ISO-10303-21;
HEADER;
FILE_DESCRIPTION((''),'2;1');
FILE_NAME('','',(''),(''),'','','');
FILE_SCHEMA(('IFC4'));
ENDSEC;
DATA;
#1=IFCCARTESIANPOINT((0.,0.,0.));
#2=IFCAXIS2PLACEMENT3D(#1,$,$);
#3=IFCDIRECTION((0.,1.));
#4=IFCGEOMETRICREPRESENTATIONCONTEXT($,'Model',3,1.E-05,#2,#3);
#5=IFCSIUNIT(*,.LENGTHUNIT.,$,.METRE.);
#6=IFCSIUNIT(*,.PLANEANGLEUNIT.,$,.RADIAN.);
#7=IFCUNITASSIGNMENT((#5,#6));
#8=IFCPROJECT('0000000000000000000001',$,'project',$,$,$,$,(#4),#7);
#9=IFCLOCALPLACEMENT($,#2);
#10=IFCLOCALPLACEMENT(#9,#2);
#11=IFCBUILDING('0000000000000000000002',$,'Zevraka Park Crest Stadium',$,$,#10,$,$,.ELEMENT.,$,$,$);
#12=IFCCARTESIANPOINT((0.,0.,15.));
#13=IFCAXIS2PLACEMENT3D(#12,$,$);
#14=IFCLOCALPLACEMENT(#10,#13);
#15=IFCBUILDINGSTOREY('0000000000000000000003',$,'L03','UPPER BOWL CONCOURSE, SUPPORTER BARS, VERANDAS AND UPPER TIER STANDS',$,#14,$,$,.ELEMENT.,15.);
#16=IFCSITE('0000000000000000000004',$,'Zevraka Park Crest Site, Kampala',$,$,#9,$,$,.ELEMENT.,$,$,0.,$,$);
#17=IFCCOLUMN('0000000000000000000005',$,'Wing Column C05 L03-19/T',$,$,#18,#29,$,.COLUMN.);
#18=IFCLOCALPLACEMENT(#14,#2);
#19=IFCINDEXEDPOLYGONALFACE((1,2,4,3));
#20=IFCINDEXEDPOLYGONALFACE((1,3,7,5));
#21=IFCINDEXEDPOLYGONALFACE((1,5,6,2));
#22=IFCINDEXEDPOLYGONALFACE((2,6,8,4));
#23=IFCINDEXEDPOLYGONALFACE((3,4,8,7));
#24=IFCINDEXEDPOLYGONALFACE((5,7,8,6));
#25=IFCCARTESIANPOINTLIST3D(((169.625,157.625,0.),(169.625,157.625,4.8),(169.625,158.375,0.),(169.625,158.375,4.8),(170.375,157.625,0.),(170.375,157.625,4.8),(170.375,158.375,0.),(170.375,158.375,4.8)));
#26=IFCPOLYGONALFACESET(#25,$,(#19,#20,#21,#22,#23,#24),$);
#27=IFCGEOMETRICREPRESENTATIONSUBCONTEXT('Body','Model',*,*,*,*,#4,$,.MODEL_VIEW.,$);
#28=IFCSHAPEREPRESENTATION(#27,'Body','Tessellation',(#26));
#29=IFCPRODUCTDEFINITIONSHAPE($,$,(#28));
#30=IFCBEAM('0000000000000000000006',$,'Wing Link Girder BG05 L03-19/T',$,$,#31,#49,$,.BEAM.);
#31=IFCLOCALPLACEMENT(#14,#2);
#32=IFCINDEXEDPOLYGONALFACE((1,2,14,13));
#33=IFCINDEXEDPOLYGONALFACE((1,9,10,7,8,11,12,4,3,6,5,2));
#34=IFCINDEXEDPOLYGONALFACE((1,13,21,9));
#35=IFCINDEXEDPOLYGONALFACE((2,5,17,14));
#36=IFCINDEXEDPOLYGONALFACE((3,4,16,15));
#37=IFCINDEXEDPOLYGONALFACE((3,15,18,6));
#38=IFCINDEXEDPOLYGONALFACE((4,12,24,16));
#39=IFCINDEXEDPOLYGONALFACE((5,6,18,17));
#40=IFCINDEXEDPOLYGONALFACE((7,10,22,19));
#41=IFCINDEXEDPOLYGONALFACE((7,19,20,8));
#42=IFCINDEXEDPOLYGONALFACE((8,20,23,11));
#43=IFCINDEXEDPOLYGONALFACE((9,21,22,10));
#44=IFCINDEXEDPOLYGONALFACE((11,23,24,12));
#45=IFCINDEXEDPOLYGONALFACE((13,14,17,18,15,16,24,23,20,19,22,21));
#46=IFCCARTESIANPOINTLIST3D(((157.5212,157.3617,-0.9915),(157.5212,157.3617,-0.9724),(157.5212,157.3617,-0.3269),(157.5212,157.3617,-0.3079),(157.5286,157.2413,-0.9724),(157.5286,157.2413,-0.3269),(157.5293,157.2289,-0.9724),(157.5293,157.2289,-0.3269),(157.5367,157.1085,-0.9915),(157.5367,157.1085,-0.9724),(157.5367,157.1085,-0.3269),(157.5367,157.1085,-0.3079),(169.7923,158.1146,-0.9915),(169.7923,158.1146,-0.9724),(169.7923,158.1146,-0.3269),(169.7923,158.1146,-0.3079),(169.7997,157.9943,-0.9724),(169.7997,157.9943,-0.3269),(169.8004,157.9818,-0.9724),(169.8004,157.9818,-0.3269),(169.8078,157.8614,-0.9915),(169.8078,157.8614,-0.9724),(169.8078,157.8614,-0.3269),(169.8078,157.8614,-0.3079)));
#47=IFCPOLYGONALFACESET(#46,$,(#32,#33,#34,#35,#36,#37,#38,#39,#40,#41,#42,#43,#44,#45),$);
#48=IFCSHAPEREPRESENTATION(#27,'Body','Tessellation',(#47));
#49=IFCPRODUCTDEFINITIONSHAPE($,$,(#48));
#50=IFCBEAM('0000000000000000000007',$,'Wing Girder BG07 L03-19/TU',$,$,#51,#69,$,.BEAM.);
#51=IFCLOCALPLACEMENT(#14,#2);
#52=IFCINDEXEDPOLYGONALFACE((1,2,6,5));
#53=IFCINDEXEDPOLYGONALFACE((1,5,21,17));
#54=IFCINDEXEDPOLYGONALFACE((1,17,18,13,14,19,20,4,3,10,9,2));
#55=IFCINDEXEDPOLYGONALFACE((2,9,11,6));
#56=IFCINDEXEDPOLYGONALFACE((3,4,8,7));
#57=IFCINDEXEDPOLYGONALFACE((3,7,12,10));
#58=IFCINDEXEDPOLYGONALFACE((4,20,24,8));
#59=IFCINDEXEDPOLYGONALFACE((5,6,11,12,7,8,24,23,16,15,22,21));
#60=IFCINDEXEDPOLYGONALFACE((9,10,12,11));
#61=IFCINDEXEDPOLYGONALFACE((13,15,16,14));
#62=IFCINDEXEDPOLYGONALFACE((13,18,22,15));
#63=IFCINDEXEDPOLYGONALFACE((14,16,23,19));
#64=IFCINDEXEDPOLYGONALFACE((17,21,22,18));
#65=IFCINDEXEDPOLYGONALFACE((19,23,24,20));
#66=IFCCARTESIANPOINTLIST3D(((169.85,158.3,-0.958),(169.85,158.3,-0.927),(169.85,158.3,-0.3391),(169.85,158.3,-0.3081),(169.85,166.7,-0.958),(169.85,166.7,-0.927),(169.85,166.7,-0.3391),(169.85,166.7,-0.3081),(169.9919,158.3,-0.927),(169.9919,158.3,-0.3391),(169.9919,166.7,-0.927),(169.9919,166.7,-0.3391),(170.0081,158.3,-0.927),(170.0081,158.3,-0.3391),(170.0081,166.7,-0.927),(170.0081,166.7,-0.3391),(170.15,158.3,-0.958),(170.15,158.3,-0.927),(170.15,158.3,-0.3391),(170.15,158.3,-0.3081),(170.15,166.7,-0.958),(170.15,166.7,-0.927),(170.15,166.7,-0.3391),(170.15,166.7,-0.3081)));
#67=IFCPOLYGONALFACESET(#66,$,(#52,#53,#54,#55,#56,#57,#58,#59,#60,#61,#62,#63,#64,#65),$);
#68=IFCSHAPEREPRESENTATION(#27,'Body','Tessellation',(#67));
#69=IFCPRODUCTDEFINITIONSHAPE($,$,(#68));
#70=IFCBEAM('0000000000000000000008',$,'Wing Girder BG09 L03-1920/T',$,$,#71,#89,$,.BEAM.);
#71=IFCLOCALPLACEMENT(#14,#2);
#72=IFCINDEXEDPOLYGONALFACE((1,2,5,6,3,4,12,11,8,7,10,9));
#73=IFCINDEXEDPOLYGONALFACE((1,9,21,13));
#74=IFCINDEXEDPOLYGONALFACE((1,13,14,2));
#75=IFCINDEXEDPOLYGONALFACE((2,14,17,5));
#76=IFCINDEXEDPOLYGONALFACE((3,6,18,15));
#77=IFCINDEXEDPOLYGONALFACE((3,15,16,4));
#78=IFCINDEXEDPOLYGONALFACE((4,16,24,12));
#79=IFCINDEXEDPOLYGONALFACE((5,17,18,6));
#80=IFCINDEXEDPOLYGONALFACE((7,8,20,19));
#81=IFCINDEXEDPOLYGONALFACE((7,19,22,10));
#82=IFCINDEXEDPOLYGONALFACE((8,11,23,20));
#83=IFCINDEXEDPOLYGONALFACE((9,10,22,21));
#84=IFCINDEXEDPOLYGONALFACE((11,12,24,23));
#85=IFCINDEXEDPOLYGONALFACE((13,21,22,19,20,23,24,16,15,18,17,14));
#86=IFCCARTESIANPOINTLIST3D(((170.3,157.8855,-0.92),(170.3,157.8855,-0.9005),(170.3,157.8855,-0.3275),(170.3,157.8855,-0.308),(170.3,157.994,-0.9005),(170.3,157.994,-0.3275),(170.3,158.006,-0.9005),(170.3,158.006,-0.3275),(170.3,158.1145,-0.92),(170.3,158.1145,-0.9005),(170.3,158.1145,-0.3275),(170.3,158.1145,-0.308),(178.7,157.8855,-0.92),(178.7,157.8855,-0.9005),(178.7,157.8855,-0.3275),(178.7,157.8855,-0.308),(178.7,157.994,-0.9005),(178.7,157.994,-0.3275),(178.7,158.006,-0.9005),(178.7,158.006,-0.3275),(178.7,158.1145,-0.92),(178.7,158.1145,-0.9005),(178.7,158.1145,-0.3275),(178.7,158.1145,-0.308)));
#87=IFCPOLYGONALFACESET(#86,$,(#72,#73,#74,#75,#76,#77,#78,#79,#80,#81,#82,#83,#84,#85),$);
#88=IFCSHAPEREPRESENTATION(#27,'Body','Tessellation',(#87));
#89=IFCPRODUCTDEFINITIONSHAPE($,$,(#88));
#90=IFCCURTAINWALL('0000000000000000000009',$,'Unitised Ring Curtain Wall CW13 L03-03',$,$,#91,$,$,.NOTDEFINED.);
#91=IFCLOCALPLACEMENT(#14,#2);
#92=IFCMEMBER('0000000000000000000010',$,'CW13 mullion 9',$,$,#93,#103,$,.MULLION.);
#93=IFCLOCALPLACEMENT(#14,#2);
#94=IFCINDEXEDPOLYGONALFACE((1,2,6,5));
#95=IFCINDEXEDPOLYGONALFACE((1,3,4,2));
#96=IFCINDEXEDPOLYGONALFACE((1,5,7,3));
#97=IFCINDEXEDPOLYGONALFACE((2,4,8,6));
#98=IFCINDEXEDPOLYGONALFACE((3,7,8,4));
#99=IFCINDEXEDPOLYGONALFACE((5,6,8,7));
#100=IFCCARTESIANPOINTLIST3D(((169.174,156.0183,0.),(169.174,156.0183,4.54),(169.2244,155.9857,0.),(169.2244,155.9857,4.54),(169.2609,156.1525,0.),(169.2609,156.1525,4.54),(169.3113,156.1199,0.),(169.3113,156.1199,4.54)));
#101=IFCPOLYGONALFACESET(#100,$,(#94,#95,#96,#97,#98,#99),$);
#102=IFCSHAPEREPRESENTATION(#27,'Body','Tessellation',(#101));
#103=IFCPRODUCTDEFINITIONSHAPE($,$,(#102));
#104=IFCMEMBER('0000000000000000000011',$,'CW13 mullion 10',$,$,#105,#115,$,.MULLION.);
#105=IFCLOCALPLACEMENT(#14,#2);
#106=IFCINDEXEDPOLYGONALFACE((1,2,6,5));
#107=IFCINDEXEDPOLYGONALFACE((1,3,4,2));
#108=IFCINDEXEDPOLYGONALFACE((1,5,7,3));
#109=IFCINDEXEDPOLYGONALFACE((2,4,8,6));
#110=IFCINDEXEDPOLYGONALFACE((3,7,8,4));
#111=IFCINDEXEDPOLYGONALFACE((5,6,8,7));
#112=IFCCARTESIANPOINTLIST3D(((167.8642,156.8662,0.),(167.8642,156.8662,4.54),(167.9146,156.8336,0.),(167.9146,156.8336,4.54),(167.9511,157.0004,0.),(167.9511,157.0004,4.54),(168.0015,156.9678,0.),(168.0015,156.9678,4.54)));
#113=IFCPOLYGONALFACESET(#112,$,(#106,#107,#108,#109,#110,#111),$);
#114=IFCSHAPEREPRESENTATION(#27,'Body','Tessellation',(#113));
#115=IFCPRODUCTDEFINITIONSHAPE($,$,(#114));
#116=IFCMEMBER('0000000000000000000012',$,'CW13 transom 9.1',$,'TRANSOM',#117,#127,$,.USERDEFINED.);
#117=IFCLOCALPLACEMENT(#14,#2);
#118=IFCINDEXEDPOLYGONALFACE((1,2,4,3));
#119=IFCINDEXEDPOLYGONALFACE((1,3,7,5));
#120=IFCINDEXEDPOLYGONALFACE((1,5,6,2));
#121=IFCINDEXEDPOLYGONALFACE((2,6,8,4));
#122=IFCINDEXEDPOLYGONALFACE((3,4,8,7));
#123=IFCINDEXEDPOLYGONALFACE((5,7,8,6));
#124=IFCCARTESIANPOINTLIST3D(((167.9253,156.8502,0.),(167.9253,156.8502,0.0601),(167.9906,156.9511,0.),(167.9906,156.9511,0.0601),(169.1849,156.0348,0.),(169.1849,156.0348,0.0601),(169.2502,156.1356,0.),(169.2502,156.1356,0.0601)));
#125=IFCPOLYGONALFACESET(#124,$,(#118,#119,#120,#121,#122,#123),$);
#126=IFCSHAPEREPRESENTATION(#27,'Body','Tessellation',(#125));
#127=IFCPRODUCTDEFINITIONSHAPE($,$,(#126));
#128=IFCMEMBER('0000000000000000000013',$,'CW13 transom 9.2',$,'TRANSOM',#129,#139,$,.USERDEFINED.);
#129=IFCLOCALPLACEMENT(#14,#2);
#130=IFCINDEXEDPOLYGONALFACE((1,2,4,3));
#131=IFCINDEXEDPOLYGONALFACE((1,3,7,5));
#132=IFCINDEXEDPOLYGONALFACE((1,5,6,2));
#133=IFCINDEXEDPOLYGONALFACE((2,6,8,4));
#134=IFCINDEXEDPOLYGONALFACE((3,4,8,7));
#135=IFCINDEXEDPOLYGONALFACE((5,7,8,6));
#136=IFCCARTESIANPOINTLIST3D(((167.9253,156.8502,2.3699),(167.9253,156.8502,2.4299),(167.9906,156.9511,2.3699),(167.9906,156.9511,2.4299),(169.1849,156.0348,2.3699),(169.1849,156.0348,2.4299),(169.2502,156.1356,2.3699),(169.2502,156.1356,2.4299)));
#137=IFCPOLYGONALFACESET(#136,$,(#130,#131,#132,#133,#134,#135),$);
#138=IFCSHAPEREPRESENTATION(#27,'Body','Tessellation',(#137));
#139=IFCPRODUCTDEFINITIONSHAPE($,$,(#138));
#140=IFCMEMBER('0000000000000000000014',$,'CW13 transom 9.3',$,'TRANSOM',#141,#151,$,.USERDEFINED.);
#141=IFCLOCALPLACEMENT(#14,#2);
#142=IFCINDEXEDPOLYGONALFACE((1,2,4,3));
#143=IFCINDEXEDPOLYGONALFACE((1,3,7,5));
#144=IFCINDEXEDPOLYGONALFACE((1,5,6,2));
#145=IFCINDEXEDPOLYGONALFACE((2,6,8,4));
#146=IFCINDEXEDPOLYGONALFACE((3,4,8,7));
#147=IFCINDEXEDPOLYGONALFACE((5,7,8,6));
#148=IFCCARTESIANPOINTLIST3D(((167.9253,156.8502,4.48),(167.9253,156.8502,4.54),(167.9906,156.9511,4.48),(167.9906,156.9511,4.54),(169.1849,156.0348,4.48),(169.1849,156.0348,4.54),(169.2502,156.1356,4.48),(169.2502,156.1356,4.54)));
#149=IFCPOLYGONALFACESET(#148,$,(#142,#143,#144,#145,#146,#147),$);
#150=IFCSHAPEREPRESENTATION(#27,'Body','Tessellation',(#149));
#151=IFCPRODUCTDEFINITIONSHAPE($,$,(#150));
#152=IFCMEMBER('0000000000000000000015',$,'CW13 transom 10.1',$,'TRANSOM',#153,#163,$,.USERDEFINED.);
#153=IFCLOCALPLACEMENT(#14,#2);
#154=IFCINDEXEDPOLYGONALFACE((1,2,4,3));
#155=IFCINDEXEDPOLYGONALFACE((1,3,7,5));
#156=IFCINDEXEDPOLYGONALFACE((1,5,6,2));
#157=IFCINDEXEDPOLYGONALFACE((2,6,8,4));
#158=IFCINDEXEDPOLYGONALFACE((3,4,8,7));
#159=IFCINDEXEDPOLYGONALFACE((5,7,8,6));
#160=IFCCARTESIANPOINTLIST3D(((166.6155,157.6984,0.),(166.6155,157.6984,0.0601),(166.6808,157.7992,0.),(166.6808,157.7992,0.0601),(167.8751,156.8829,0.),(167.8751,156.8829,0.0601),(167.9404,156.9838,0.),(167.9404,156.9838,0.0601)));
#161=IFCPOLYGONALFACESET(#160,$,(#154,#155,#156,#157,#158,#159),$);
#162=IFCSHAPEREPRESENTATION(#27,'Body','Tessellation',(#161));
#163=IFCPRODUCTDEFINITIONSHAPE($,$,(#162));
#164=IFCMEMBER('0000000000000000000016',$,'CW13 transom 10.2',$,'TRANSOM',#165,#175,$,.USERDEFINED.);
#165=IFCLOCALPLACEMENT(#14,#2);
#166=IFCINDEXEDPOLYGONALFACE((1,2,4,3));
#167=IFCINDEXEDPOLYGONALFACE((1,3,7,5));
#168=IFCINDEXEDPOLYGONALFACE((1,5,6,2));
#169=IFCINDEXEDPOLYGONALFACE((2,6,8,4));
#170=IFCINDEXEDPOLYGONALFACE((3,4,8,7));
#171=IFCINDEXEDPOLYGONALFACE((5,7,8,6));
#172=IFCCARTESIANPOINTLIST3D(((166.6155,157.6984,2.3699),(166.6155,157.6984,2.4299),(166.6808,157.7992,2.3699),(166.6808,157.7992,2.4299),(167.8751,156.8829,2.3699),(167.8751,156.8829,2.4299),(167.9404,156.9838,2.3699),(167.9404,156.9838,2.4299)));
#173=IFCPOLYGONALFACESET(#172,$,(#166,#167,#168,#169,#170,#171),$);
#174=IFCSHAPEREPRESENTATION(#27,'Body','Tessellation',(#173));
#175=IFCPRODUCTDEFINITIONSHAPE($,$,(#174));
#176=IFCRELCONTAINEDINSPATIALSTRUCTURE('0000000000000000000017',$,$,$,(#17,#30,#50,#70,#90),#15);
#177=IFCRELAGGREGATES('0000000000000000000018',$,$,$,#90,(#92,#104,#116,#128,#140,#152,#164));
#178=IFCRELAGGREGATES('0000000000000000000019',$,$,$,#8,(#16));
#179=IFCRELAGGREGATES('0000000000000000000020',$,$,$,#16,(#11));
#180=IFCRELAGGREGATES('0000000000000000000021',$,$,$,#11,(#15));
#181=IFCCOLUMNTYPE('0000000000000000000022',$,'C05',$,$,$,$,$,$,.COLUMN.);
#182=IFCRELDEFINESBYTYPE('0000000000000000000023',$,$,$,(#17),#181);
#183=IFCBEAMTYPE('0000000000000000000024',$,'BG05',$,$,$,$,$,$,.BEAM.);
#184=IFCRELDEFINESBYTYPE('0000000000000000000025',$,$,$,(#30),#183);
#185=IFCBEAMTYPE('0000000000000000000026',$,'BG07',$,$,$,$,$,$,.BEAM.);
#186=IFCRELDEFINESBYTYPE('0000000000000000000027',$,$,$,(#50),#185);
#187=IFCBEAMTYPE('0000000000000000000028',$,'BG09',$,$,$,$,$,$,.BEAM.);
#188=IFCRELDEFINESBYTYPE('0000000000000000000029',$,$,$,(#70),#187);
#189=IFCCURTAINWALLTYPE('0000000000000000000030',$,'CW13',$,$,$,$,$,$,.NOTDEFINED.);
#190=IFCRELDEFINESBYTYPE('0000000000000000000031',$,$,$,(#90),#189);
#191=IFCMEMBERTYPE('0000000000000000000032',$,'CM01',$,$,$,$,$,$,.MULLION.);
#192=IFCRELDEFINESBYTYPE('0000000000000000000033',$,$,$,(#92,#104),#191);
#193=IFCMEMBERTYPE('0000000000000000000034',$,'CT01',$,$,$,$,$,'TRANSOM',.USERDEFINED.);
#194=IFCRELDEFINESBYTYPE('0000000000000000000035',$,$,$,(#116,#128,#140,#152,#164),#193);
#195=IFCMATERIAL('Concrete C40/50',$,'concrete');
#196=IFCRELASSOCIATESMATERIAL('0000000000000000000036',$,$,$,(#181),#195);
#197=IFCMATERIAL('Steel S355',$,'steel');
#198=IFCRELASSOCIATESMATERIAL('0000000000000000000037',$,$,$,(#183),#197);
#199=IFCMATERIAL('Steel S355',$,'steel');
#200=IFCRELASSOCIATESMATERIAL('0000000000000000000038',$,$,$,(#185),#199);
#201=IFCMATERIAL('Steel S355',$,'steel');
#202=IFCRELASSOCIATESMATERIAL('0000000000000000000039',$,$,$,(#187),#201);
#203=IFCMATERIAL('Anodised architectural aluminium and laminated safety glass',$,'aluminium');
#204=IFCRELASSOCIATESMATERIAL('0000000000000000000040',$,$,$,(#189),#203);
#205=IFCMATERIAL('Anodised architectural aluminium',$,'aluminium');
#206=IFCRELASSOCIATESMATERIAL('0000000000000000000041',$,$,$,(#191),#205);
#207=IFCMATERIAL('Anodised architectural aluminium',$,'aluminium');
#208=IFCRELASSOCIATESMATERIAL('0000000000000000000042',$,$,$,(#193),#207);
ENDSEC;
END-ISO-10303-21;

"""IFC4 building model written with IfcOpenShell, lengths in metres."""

from ifc_helpers import new_model, si_unit, direction, frame, origin, origin_2d, place, context, subcontext, project, spatial, rectangle, i_section, extrude, material, material_profile, profile_set, type_object, element, aggregate, save


model = new_model("IFC4")

# Units and contexts
model_context = context("Model", 3, precision=1e-05, world=origin(), true_north=direction((0.0, 1.0)))
body_context = subcontext(model_context, "Body", "Model", "MODEL_VIEW")
ifc_project = project(units=[si_unit("LENGTHUNIT", "METRE"), si_unit("PLANEANGLEUNIT", "RADIAN")], contexts=[model_context])

# Site, building, storey
site_placement = place(None, origin())
site = spatial("IfcSite", under=ifc_project, at=site_placement, Name="Zevraka Park Crest Site, Kampala", CompositionType="ELEMENT", RefElevation=0.0)
building_placement = place(site_placement, origin())
building = spatial("IfcBuilding", under=site, at=building_placement, Name="Zevraka Park Crest Stadium", CompositionType="ELEMENT")
storey_placement = place(building_placement, frame((0.0, 0.0, 15.0)))
storey = spatial("IfcBuildingStorey", under=building, at=storey_placement, Name="L03", Description="UPPER BOWL CONCOURSE, SUPPORTER BARS, VERANDAS AND UPPER TIER STANDS", CompositionType="ELEMENT", Elevation=15.0)

# Column
ifc_material_1 = material(Name="Concrete C40/50", Category="concrete")
ifc_material_profile_1 = material_profile(ifc_material_1, rectangle(XDim=0.75, YDim=0.75, at=origin_2d()), Name="RC 750x750")
ifc_profile_set_1 = profile_set([ifc_material_profile_1], Name="Concrete C40/50")
column_type = type_object("IfcColumnType", Name="C05", PredefinedType="COLUMN", material=ifc_profile_set_1)
column_placement = place(storey_placement, frame((170.0, 158.0, 0.0), z_axis=(0.0, 0.0, 1.0), x_axis=(1.0, 0.0, 0.0)))
element("IfcColumn", 1, at=column_placement, inside=storey, type_object=column_type, Name="Wing Column C05 L03-19/T", PredefinedType="COLUMN", context=body_context, shape_type="SweptSolid", body=[
    extrude(rectangle(XDim=0.75, YDim=0.75, at=origin_2d()), origin(), (0.0, 0.0, 1.0), 4.8),
])

# Beams
ifc_material_2 = material(Name="Steel S355", Category="steel")
ifc_material_profile_2 = material_profile(ifc_material_2, i_section(OverallWidth=0.2537, OverallDepth=0.6836, WebThickness=0.0125, FlangeThickness=0.019, at=origin_2d()), Name="UKB 686x254x140")
ifc_profile_set_2 = profile_set([ifc_material_profile_2], Name="Steel S355")
beam_type_1 = type_object("IfcBeamType", Name="BG05", PredefinedType="BEAM", material=ifc_profile_set_2)
beam_1_placement = place(storey_placement, frame((169.8, 157.988, -0.6497), z_axis=(-0.998123, -0.061243, 0.0), x_axis=(0.061243, -0.998123, 0.0)))
element("IfcBeam", 2, at=beam_1_placement, inside=storey, type_object=beam_type_1, Name="Wing Link Girder BG05 L03-19/T", PredefinedType="BEAM", context=body_context, shape_type="SweptSolid", body=[
    extrude(i_section(OverallWidth=0.2537, OverallDepth=0.6836, WebThickness=0.0125, FlangeThickness=0.019, at=origin_2d()), origin(), (0.0, 0.0, 1.0), 12.2942),
])
ifc_material_3 = material(Name="Steel S355", Category="steel")
ifc_material_profile_3 = material_profile(ifc_material_3, i_section(OverallWidth=0.3, OverallDepth=0.6499, WebThickness=0.0161, FlangeThickness=0.031, at=origin_2d()), Name="HEB 650")
ifc_profile_set_3 = profile_set([ifc_material_profile_3], Name="Steel S355")
beam_type_2 = type_object("IfcBeamType", Name="BG07", PredefinedType="BEAM", material=ifc_profile_set_3)
beam_2_placement = place(storey_placement, frame((170.0, 158.3, -0.6331), z_axis=(0.0, 1.0, 0.0), x_axis=(-1.0, 0.0, 0.0)))
element("IfcBeam", 3, at=beam_2_placement, inside=storey, type_object=beam_type_2, Name="Wing Girder BG07 L03-19/TU", PredefinedType="BEAM", context=body_context, shape_type="SweptSolid", body=[
    extrude(i_section(OverallWidth=0.3, OverallDepth=0.6499, WebThickness=0.0161, FlangeThickness=0.031, at=origin_2d()), origin(), (0.0, 0.0, 1.0), 8.3999),
])
ifc_material_4 = material(Name="Steel S355", Category="steel")
ifc_material_profile_4 = material_profile(ifc_material_4, i_section(OverallWidth=0.229, OverallDepth=0.6121, WebThickness=0.012, FlangeThickness=0.0195, at=origin_2d()), Name="UKB 610x229x125")
ifc_profile_set_4 = profile_set([ifc_material_profile_4], Name="Steel S355")
beam_type_3 = type_object("IfcBeamType", Name="BG09", PredefinedType="BEAM", material=ifc_profile_set_4)
beam_3_placement = place(storey_placement, frame((170.3, 158.0, -0.614), z_axis=(1.0, 0.0, 0.0), x_axis=(0.0, 1.0, 0.0)))
element("IfcBeam", 4, at=beam_3_placement, inside=storey, type_object=beam_type_3, Name="Wing Girder BG09 L03-1920/T", PredefinedType="BEAM", context=body_context, shape_type="SweptSolid", body=[
    extrude(i_section(OverallWidth=0.229, OverallDepth=0.6121, WebThickness=0.012, FlangeThickness=0.0195, at=origin_2d()), origin(), (0.0, 0.0, 1.0), 8.3999),
])

# Curtain wall, members
ifc_material_5 = material(Name="Anodised architectural aluminium and laminated safety glass", Category="aluminium")
curtain_wall_type = type_object("IfcCurtainWallType", Name="CW13", PredefinedType="NOTDEFINED", material=ifc_material_5)
curtain_wall_placement = place(storey_placement, origin())
curtain_wall = element("IfcCurtainWall", 5, at=curtain_wall_placement, inside=storey, type_object=curtain_wall_type, Name="Unitised Ring Curtain Wall CW13 L03-03", PredefinedType="NOTDEFINED")
ifc_material_6 = material(Name="Anodised architectural aluminium", Category="aluminium")
ifc_material_profile_5 = material_profile(ifc_material_6, rectangle(XDim=0.1599, YDim=0.0601, at=origin_2d()), Name="ALU MULLION 160x60")
ifc_profile_set_5 = profile_set([ifc_material_profile_5], Name="Anodised architectural aluminium")
member_type_1 = type_object("IfcMemberType", Name="CM01", PredefinedType="MULLION", material=ifc_profile_set_5)
member_1_placement = place(storey_placement, frame((169.2427, 156.0691, 0.0), z_axis=(0.0, 0.0, 1.0), x_axis=(-0.543469, -0.839429, 0.0)))
member_1 = element("IfcMember", 6, at=member_1_placement, type_object=member_type_1, Name="CW13 mullion 9", PredefinedType="MULLION", context=body_context, shape_type="SweptSolid", body=[
    extrude(rectangle(XDim=0.1599, YDim=0.0601, at=origin_2d()), origin(), (0.0, 0.0, 1.0), 4.54),
])
member_2_placement = place(storey_placement, frame((167.9329, 156.917, 0.0), z_axis=(0.0, 0.0, 1.0), x_axis=(-0.543469, -0.839429, 0.0)))
member_2 = element("IfcMember", 7, at=member_2_placement, type_object=member_type_1, Name="CW13 mullion 10", PredefinedType="MULLION", context=body_context, shape_type="SweptSolid", body=[
    extrude(rectangle(XDim=0.1599, YDim=0.0601, at=origin_2d()), origin(), (0.0, 0.0, 1.0), 4.54),
])
ifc_material_7 = material(Name="Anodised architectural aluminium", Category="aluminium")
ifc_material_profile_6 = material_profile(ifc_material_7, rectangle(XDim=0.1201, YDim=0.0601, at=origin_2d()), Name="ALU TRANSOM 120x60")
ifc_profile_set_6 = profile_set([ifc_material_profile_6], Name="Anodised architectural aluminium")
member_type_2 = type_object("IfcMemberType", Name="CT01", ElementType="TRANSOM", PredefinedType="USERDEFINED", material=ifc_profile_set_6)
member_3_placement = place(storey_placement, frame((169.2175, 156.0852, 0.03), z_axis=(-0.839435, 0.54346, 0.0), x_axis=(-0.54346, -0.839435, 0.0)))
member_3 = element("IfcMember", 8, at=member_3_placement, type_object=member_type_2, Name="CW13 transom 9.1", ObjectType="TRANSOM", PredefinedType="USERDEFINED", context=body_context, shape_type="SweptSolid", body=[
    extrude(rectangle(XDim=0.1201, YDim=0.0601, at=origin_2d()), origin(), (0.0, 0.0, 1.0), 1.5005),
])
member_4_placement = place(storey_placement, frame((169.2175, 156.0852, 2.3999), z_axis=(-0.839435, 0.54346, 0.0), x_axis=(-0.54346, -0.839435, 0.0)))
member_4 = element("IfcMember", 9, at=member_4_placement, type_object=member_type_2, Name="CW13 transom 9.2", ObjectType="TRANSOM", PredefinedType="USERDEFINED", context=body_context, shape_type="SweptSolid", body=[
    extrude(rectangle(XDim=0.1201, YDim=0.0601, at=origin_2d()), origin(), (0.0, 0.0, 1.0), 1.5005),
])
member_5_placement = place(storey_placement, frame((169.2175, 156.0852, 4.51), z_axis=(-0.839435, 0.54346, 0.0), x_axis=(-0.54346, -0.839435, 0.0)))
member_5 = element("IfcMember", 10, at=member_5_placement, type_object=member_type_2, Name="CW13 transom 9.3", ObjectType="TRANSOM", PredefinedType="USERDEFINED", context=body_context, shape_type="SweptSolid", body=[
    extrude(rectangle(XDim=0.1201, YDim=0.0601, at=origin_2d()), origin(), (0.0, 0.0, 1.0), 1.5005),
])
member_6_placement = place(storey_placement, frame((167.9077, 156.9333, 0.03), z_axis=(-0.839435, 0.54346, 0.0), x_axis=(-0.54346, -0.839435, 0.0)))
member_6 = element("IfcMember", 11, at=member_6_placement, type_object=member_type_2, Name="CW13 transom 10.1", ObjectType="TRANSOM", PredefinedType="USERDEFINED", context=body_context, shape_type="SweptSolid", body=[
    extrude(rectangle(XDim=0.1201, YDim=0.0601, at=origin_2d()), origin(), (0.0, 0.0, 1.0), 1.5005),
])
member_7_placement = place(storey_placement, frame((167.9077, 156.9333, 2.3999), z_axis=(-0.839435, 0.54346, 0.0), x_axis=(-0.54346, -0.839435, 0.0)))
member_7 = element("IfcMember", 12, at=member_7_placement, type_object=member_type_2, Name="CW13 transom 10.2", ObjectType="TRANSOM", PredefinedType="USERDEFINED", context=body_context, shape_type="SweptSolid", body=[
    extrude(rectangle(XDim=0.1201, YDim=0.0601, at=origin_2d()), origin(), (0.0, 0.0, 1.0), 1.5005),
])
aggregate(curtain_wall, [member_1, member_2, member_3, member_4, member_5, member_6, member_7])

save(model, "model.ifc")
